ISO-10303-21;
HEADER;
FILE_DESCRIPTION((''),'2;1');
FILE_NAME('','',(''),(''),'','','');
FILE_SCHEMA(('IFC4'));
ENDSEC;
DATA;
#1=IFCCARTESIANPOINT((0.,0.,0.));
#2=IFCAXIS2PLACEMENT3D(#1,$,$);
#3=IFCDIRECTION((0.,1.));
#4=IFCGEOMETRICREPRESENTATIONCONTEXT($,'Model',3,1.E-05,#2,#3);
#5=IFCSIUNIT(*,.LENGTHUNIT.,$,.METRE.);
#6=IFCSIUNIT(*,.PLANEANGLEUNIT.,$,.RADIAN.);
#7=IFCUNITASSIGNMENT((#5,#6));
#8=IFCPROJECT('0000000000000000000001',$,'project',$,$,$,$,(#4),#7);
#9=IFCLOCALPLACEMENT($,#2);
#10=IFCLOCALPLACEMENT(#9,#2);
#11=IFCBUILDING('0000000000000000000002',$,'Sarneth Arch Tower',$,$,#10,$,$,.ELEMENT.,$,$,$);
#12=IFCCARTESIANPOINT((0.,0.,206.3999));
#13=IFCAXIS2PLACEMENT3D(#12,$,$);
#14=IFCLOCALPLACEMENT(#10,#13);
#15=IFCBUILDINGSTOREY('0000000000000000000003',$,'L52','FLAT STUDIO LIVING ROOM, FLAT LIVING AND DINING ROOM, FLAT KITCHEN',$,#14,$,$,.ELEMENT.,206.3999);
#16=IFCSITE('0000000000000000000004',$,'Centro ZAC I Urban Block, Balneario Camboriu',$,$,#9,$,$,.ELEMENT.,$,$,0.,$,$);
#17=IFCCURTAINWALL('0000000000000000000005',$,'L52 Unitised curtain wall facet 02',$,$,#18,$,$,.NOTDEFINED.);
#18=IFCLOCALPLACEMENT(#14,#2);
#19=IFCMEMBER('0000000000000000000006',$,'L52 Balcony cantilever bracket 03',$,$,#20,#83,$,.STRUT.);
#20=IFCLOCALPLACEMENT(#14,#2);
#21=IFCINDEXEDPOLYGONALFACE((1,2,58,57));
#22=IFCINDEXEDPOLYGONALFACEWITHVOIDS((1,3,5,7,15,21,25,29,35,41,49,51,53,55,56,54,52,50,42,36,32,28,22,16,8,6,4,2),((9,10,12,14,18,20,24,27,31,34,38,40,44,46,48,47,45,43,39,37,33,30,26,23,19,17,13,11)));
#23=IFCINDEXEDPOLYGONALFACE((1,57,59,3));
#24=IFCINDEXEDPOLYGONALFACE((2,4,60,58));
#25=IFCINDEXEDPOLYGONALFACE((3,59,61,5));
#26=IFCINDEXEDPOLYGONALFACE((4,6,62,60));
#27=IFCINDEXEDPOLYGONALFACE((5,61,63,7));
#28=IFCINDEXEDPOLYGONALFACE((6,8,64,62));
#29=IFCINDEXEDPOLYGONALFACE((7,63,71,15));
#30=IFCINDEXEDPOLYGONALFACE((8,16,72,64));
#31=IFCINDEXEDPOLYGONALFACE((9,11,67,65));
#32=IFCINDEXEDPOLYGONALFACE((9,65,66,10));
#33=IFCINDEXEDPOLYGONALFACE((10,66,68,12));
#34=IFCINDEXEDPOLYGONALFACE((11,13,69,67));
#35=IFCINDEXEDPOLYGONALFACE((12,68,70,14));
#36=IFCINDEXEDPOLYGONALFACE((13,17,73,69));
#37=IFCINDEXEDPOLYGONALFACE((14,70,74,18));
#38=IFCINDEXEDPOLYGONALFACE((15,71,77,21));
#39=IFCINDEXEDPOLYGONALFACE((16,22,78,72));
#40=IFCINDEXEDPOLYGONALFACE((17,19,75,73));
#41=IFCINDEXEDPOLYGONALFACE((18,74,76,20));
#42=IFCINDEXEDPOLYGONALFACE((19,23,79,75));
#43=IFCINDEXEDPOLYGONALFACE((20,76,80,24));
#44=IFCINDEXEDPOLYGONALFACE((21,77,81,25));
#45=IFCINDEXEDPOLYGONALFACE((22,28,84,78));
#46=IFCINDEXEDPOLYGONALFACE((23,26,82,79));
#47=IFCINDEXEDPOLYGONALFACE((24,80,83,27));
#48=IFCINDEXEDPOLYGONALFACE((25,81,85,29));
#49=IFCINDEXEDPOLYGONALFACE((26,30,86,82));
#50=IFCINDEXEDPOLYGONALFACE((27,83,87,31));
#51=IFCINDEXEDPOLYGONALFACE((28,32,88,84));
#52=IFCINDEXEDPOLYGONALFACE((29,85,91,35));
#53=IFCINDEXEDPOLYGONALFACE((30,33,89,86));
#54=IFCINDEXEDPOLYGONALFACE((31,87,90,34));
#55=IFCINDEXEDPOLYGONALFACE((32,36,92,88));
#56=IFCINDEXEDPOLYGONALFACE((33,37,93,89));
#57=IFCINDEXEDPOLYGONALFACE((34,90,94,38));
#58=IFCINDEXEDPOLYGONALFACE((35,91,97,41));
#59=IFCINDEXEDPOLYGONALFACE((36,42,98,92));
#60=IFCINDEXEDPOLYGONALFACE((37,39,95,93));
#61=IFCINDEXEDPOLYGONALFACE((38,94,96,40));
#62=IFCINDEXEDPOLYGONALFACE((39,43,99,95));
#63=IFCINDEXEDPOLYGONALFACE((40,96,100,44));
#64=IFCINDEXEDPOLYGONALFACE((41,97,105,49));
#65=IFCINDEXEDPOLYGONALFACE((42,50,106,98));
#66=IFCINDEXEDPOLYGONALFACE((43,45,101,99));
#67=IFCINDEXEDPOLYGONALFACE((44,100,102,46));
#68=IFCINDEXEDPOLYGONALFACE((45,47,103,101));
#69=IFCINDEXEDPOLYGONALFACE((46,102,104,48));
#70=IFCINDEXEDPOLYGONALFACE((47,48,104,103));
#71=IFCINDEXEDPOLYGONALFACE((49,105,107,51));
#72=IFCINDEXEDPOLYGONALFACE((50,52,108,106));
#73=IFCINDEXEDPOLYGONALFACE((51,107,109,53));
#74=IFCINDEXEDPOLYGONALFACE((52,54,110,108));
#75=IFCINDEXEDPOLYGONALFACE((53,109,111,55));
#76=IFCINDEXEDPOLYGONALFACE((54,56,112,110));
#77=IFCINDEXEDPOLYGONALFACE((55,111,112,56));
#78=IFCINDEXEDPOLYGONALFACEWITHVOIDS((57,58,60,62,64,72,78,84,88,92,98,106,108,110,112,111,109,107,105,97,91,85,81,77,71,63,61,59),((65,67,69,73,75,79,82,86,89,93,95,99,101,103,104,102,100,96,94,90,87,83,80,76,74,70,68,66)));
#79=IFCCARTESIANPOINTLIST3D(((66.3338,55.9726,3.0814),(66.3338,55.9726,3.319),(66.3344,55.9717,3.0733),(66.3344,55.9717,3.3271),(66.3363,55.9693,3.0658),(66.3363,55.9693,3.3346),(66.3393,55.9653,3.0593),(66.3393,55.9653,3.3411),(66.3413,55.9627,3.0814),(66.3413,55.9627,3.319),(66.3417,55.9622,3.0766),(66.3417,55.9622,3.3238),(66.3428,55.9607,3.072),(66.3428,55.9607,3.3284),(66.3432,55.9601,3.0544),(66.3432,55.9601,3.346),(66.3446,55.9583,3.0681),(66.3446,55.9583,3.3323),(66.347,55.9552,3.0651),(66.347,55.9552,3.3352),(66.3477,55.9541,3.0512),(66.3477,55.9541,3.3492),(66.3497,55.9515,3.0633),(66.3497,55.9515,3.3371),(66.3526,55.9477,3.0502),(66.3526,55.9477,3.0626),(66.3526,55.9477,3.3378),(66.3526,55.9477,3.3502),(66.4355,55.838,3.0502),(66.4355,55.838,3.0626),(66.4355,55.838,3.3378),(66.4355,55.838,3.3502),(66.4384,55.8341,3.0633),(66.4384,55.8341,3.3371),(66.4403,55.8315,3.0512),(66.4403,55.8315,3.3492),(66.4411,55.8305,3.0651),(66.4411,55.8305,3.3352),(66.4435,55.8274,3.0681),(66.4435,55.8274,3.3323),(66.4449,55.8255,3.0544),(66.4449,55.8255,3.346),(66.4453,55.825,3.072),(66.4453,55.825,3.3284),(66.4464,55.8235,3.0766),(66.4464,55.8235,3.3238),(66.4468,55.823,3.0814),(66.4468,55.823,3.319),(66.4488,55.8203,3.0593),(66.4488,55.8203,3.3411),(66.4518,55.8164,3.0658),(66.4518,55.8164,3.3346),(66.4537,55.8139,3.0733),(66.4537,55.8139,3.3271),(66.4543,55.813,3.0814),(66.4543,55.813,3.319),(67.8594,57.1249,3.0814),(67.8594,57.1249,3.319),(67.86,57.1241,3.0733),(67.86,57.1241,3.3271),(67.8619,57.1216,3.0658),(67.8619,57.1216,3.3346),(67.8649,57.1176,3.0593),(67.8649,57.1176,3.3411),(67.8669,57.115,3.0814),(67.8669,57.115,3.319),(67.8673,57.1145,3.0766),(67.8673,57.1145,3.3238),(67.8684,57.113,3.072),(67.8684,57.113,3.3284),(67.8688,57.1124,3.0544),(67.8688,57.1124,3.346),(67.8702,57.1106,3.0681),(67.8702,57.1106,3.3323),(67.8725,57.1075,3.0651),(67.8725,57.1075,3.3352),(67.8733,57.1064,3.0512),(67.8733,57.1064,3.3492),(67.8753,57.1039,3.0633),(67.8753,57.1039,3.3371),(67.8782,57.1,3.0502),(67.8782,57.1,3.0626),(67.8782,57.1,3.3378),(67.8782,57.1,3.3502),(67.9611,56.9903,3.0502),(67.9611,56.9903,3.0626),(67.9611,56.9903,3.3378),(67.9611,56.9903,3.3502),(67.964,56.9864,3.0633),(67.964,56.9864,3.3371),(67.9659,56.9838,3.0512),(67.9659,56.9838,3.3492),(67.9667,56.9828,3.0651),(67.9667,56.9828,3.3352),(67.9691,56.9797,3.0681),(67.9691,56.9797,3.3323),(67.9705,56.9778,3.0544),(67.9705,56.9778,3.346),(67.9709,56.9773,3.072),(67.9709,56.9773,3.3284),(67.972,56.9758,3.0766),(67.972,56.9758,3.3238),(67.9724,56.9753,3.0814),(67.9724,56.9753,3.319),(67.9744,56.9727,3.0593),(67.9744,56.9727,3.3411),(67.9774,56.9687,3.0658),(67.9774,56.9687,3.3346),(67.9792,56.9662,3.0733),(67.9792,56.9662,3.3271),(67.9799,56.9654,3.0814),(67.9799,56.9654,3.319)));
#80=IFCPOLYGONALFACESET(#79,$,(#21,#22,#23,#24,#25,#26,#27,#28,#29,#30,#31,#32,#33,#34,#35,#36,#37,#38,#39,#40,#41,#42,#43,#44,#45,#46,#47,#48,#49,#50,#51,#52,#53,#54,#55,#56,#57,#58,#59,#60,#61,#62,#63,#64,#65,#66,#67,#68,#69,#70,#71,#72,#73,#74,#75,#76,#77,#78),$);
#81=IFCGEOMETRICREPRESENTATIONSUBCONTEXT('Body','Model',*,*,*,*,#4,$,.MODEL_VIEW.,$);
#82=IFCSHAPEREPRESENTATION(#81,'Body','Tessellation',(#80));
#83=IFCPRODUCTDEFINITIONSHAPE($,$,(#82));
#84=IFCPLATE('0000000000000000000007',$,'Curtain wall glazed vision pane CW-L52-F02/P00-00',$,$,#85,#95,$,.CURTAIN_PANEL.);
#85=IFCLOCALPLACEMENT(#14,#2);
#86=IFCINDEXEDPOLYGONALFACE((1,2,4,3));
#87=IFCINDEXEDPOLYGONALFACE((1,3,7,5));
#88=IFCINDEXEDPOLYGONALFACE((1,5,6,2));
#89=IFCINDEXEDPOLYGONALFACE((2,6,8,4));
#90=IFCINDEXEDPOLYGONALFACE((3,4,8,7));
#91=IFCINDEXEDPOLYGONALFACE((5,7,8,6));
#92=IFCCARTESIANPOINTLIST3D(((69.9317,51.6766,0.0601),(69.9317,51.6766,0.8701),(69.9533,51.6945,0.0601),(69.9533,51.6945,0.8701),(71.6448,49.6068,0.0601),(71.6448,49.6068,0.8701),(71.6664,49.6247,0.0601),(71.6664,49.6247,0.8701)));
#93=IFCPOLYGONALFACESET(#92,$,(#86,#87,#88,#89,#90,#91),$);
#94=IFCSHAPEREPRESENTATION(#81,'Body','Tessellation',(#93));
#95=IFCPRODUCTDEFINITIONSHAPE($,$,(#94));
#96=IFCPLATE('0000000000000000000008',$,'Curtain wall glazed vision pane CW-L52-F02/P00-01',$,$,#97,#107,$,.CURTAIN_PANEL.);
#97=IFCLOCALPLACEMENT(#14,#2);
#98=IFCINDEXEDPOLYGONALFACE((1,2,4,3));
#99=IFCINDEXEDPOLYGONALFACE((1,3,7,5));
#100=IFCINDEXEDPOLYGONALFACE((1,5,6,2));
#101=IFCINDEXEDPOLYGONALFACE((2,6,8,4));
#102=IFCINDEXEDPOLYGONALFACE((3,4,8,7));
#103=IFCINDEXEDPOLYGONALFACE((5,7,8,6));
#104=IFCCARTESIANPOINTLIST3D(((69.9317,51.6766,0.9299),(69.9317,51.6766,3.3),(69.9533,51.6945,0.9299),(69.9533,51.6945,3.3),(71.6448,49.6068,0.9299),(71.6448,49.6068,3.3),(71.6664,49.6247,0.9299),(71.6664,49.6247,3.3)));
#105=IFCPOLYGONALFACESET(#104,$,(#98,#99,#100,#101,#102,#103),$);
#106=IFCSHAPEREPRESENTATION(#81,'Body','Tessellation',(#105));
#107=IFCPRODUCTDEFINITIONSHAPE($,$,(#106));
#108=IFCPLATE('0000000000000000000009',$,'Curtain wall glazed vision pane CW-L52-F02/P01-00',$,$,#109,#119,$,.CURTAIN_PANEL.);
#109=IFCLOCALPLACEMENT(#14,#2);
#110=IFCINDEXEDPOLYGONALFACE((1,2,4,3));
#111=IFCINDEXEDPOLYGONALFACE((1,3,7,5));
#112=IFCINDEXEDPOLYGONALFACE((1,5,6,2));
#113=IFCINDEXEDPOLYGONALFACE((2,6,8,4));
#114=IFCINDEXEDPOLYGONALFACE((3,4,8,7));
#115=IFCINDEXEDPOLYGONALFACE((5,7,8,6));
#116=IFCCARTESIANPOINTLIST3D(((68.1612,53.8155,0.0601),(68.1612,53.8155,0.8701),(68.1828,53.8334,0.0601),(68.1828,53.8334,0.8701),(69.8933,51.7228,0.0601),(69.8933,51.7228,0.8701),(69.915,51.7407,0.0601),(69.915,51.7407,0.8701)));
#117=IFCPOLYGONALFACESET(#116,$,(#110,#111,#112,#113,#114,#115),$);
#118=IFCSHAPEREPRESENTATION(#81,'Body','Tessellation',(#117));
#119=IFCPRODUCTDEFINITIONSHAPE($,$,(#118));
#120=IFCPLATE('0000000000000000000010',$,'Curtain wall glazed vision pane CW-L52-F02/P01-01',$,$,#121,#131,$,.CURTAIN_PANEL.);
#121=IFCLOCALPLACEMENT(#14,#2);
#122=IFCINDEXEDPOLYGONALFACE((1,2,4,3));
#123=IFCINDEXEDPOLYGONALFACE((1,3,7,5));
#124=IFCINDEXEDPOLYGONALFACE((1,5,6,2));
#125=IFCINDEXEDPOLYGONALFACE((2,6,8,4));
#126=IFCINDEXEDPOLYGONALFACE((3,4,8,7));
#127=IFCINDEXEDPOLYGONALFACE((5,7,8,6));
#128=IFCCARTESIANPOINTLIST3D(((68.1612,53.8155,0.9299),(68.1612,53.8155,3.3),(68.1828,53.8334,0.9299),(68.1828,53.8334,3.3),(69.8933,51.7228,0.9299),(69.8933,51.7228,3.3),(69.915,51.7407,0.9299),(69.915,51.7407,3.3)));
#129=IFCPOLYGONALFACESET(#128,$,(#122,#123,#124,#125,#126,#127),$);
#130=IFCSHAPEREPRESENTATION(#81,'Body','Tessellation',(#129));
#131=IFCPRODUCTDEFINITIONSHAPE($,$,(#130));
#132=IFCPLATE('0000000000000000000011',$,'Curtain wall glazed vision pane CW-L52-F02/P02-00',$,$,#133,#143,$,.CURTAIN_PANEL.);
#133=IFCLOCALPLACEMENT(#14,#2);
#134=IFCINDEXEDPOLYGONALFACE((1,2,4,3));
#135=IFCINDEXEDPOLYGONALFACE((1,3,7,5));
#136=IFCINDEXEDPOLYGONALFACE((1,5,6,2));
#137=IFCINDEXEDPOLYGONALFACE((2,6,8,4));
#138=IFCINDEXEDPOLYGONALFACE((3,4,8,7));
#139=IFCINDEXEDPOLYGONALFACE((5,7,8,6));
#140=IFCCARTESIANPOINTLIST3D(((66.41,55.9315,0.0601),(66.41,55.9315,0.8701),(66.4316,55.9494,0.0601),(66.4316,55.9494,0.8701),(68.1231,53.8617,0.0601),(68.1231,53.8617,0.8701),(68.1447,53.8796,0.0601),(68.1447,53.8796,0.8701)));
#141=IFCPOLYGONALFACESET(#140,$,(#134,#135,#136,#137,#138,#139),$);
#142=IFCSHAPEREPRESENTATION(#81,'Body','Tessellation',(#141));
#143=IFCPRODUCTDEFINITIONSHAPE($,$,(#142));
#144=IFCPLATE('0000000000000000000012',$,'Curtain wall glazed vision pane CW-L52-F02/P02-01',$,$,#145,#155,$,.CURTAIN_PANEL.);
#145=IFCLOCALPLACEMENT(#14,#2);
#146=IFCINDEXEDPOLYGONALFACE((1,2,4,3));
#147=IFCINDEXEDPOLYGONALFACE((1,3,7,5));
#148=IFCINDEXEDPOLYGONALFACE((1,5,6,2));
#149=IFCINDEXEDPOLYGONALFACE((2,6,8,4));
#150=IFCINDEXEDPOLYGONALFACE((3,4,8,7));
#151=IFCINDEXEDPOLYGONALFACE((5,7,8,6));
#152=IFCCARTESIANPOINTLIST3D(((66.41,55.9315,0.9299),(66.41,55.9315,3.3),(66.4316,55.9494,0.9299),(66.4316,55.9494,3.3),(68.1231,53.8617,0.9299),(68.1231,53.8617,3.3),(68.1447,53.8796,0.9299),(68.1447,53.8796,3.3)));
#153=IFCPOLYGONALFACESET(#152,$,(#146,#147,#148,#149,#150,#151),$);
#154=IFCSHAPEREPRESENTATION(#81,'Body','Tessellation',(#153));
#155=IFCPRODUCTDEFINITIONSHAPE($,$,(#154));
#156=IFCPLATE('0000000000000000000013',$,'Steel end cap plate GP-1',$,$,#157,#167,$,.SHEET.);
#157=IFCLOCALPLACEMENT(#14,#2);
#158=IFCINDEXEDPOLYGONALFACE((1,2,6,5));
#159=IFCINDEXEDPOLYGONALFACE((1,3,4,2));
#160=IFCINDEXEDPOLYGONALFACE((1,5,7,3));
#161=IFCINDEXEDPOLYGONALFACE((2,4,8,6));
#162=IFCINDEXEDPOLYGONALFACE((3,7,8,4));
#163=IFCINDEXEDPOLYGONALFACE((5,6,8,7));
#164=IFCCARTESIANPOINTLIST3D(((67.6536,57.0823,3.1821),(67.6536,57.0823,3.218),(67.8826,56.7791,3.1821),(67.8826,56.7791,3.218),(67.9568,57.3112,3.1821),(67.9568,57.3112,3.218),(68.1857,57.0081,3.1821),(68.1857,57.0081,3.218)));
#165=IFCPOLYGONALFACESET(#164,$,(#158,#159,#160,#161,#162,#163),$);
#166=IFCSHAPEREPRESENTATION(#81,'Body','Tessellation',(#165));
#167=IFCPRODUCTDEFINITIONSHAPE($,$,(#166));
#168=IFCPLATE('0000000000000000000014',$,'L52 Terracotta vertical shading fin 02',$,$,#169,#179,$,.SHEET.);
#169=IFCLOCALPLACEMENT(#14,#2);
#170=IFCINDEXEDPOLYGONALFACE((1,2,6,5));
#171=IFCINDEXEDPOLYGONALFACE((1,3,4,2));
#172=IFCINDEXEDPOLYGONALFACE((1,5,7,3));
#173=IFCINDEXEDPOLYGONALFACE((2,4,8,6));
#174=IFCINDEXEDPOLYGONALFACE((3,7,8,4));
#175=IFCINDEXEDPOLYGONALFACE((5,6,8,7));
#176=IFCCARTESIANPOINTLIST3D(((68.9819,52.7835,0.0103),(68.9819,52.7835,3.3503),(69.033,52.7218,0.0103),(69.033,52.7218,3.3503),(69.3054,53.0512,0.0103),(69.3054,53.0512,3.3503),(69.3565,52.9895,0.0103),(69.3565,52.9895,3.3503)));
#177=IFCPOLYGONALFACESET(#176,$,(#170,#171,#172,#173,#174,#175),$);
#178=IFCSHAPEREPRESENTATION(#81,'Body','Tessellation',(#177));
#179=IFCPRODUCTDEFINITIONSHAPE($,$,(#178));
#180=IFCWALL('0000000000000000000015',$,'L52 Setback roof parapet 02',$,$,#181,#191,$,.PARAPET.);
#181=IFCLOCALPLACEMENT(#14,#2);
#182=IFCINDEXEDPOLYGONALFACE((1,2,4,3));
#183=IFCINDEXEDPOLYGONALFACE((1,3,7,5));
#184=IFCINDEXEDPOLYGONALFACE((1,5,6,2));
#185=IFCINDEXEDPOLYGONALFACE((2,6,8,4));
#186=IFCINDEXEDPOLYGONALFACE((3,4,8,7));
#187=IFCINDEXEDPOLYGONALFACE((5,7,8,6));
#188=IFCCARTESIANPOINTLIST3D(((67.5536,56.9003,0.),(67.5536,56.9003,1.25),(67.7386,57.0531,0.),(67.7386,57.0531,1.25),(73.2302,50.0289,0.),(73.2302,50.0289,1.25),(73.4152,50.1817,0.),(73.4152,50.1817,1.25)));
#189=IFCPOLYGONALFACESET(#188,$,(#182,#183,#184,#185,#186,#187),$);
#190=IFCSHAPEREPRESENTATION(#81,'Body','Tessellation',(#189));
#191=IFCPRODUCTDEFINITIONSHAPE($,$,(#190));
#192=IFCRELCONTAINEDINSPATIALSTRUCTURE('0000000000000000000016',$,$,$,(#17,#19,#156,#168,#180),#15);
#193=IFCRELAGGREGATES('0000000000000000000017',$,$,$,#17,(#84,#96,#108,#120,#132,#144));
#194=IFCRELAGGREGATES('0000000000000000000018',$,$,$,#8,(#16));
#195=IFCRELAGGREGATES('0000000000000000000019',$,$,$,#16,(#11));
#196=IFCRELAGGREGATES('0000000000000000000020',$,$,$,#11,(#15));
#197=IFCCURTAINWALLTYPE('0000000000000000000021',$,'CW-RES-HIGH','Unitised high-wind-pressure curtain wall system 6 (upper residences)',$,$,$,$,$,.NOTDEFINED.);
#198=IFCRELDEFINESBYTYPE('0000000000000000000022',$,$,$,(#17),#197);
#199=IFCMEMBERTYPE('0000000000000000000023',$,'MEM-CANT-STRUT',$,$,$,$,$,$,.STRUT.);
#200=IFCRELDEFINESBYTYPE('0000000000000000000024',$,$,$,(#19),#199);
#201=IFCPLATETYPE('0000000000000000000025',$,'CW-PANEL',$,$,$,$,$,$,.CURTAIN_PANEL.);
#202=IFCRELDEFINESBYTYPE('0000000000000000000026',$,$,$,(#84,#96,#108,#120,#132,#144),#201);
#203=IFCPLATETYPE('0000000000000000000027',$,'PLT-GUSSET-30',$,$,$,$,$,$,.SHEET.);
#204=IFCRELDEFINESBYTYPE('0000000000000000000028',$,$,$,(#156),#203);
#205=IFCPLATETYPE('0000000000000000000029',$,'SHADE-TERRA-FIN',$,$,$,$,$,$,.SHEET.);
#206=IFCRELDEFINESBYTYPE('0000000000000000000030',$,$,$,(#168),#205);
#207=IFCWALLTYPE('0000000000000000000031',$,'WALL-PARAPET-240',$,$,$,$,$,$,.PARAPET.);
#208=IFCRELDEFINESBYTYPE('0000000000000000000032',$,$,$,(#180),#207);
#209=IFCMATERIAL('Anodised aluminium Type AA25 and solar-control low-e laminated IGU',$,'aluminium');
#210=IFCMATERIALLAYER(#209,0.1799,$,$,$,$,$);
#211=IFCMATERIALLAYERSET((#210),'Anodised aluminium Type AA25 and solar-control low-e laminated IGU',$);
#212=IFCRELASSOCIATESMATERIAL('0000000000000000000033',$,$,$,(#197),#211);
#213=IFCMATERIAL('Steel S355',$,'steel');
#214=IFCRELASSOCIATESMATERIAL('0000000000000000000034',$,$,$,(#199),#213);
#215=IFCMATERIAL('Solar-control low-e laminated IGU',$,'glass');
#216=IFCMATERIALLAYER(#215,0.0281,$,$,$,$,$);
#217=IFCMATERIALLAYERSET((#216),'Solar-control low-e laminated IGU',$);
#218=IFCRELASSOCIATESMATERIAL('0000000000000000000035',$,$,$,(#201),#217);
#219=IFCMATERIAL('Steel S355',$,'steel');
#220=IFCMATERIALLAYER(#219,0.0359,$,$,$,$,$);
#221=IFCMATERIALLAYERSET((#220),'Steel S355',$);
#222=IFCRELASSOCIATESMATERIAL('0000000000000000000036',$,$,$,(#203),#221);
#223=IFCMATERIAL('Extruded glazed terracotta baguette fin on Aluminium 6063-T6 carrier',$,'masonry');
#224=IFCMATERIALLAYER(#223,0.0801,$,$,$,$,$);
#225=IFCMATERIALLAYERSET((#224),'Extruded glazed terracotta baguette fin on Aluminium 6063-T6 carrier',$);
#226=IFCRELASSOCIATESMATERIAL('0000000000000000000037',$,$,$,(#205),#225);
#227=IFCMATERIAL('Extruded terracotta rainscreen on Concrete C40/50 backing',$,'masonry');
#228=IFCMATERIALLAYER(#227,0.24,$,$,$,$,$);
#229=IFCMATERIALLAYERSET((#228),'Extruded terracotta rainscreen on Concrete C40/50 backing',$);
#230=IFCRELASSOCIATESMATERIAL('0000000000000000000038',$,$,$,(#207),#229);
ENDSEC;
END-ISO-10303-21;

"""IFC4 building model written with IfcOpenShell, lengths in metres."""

from ifc_helpers import new_model, si_unit, direction, frame, frame_2d, origin, origin_2d, place, context, subcontext, project, spatial, rectangle, hollow_rectangle, extrude, material, layer, layer_set, material_profile, profile_set, type_object, element, aggregate, save


model = new_model("IFC4")

# Units and contexts
model_context = context("Model", 3, precision=1e-05, world=origin(), true_north=direction((0.0, 1.0)))
body_context = subcontext(model_context, "Body", "Model", "MODEL_VIEW")
ifc_project = project(units=[si_unit("LENGTHUNIT", "METRE"), si_unit("PLANEANGLEUNIT", "RADIAN")], contexts=[model_context])

# Site, building, storey
site_placement = place(None, origin())
site = spatial("IfcSite", under=ifc_project, at=site_placement, Name="Centro ZAC I Urban Block, Balneario Camboriu", CompositionType="ELEMENT", RefElevation=0.0)
building_placement = place(site_placement, origin())
building = spatial("IfcBuilding", under=site, at=building_placement, Name="Sarneth Arch Tower", CompositionType="ELEMENT")
storey_placement = place(building_placement, frame((0.0, 0.0, 206.3999)))
storey = spatial("IfcBuildingStorey", under=building, at=storey_placement, Name="L52", Description="FLAT STUDIO LIVING ROOM, FLAT LIVING AND DINING ROOM, FLAT KITCHEN", CompositionType="ELEMENT", Elevation=206.3999)

# Curtain wall
ifc_material_1 = material(Name="Anodised aluminium Type AA25 and solar-control low-e laminated IGU", Category="aluminium")
ifc_layer_1 = layer(ifc_material_1, 0.1799)
ifc_layer_set_1 = layer_set([ifc_layer_1], Name="Anodised aluminium Type AA25 and solar-control low-e laminated IGU")
curtain_wall_type = type_object("IfcCurtainWallType", Name="CW-RES-HIGH", Description="Unitised high-wind-pressure curtain wall system 6 (upper residences)", PredefinedType="NOTDEFINED", material=ifc_layer_set_1)
curtain_wall_placement = place(storey_placement, origin())
curtain_wall = element("IfcCurtainWall", 1, at=curtain_wall_placement, inside=storey, type_object=curtain_wall_type, Name="L52 Unitised curtain wall facet 02", PredefinedType="NOTDEFINED")

# Member
ifc_material_2 = material(Name="Steel S355", Category="steel")
ifc_material_profile_1 = material_profile(ifc_material_2, hollow_rectangle(XDim=0.2, YDim=0.3, WallThickness=0.0125, InnerFilletRadius=0.0188, OuterFilletRadius=0.0312, at=origin_2d()), Name="RHS300x200x12.5")
ifc_profile_set_1 = profile_set([ifc_material_profile_1], Name="Steel S355")
member_type_1 = type_object("IfcMemberType", Name="MEM-CANT-STRUT", PredefinedType="STRUT", material=ifc_profile_set_1)
member_1_placement = place(storey_placement, frame((66.394, 55.8928, 3.2002), z_axis=(0.797957, 0.602714, 0.0), x_axis=(-0.602714, 0.797957, 0.0)))
element("IfcMember", 2, at=member_1_placement, inside=storey, type_object=member_type_1, Name="L52 Balcony cantilever bracket 03", PredefinedType="STRUT", context=body_context, shape_type="SweptSolid", body=[
    extrude(hollow_rectangle(XDim=0.2, YDim=0.3, WallThickness=0.0125, InnerFilletRadius=0.0188, OuterFilletRadius=0.0312, at=origin_2d()), origin(), (0.0, 0.0, 1.0), 1.9119),
])

# Plates
ifc_material_3 = material(Name="Solar-control low-e laminated IGU", Category="glass")
ifc_layer_2 = layer(ifc_material_3, 0.0281)
ifc_layer_set_2 = layer_set([ifc_layer_2], Name="Solar-control low-e laminated IGU")
plate_type_1 = type_object("IfcPlateType", Name="CW-PANEL", PredefinedType="CURTAIN_PANEL", material=ifc_layer_set_2)
plate_1_placement = place(storey_placement, frame((70.7991, 50.6506, 0.0601), z_axis=(0.0, 0.0, 1.0), x_axis=(-0.63761, 0.770359, 0.0)))
plate_1 = element("IfcPlate", 3, at=plate_1_placement, type_object=plate_type_1, Name="Curtain wall glazed vision pane CW-L52-F02/P00-00", PredefinedType="CURTAIN_PANEL", context=body_context, shape_type="SweptSolid", body=[
    extrude(rectangle(XDim=2.6868, YDim=0.0281, at=origin_2d()), origin(), (0.0, 0.0, 1.0), 0.8101),
])
plate_2_placement = place(storey_placement, frame((70.7991, 50.6506, 0.9299), z_axis=(0.0, 0.0, 1.0), x_axis=(-0.63761, 0.770359, 0.0)))
plate_2 = element("IfcPlate", 4, at=plate_2_placement, type_object=plate_type_1, Name="Curtain wall glazed vision pane CW-L52-F02/P00-01", PredefinedType="CURTAIN_PANEL", context=body_context, shape_type="SweptSolid", body=[
    extrude(rectangle(XDim=2.6868, YDim=0.0281, at=origin_2d()), origin(), (0.0, 0.0, 1.0), 2.3701),
])
plate_3_placement = place(storey_placement, frame((69.0381, 52.7781, 0.0601), z_axis=(0.0, 0.0, 1.0), x_axis=(-0.63761, 0.770359, 0.0)))
plate_3 = element("IfcPlate", 5, at=plate_3_placement, type_object=plate_type_1, Name="Curtain wall glazed vision pane CW-L52-F02/P01-00", PredefinedType="CURTAIN_PANEL", context=body_context, shape_type="SweptSolid", body=[
    extrude(rectangle(XDim=2.7166, YDim=0.0281, at=origin_2d()), origin(), (0.0, 0.0, 1.0), 0.8101),
])
plate_4_placement = place(storey_placement, frame((69.0381, 52.7781, 0.9299), z_axis=(0.0, 0.0, 1.0), x_axis=(-0.63761, 0.770359, 0.0)))
plate_4 = element("IfcPlate", 6, at=plate_4_placement, type_object=plate_type_1, Name="Curtain wall glazed vision pane CW-L52-F02/P01-01", PredefinedType="CURTAIN_PANEL", context=body_context, shape_type="SweptSolid", body=[
    extrude(rectangle(XDim=2.7166, YDim=0.0281, at=origin_2d()), origin(), (0.0, 0.0, 1.0), 2.3701),
])
plate_5_placement = place(storey_placement, frame((67.2773, 54.9055, 0.0601), z_axis=(0.0, 0.0, 1.0), x_axis=(-0.63761, 0.770359, 0.0)))
plate_5 = element("IfcPlate", 7, at=plate_5_placement, type_object=plate_type_1, Name="Curtain wall glazed vision pane CW-L52-F02/P02-00", PredefinedType="CURTAIN_PANEL", context=body_context, shape_type="SweptSolid", body=[
    extrude(rectangle(XDim=2.6868, YDim=0.0281, at=origin_2d()), origin(), (0.0, 0.0, 1.0), 0.8101),
])
plate_6_placement = place(storey_placement, frame((67.2773, 54.9055, 0.9299), z_axis=(0.0, 0.0, 1.0), x_axis=(-0.63761, 0.770359, 0.0)))
plate_6 = element("IfcPlate", 8, at=plate_6_placement, type_object=plate_type_1, Name="Curtain wall glazed vision pane CW-L52-F02/P02-01", PredefinedType="CURTAIN_PANEL", context=body_context, shape_type="SweptSolid", body=[
    extrude(rectangle(XDim=2.6868, YDim=0.0281, at=origin_2d()), origin(), (0.0, 0.0, 1.0), 2.3701),
])
aggregate(curtain_wall, [plate_1, plate_2, plate_3, plate_4, plate_5, plate_6])

# Plates
ifc_material_4 = material(Name="Steel S355", Category="steel")
ifc_layer_3 = layer(ifc_material_4, 0.0359)
ifc_layer_set_3 = layer_set([ifc_layer_3], Name="Steel S355")
plate_type_2 = type_object("IfcPlateType", Name="PLT-GUSSET-30", PredefinedType="SHEET", material=ifc_layer_set_3)
plate_7_placement = place(storey_placement, frame((67.9197, 57.0452, 3.1821), z_axis=(0.0, 0.0, 1.0), x_axis=(0.798005, 0.602651, 0.0)))
element("IfcPlate", 9, at=plate_7_placement, inside=storey, type_object=plate_type_2, Name="Steel end cap plate GP-1", PredefinedType="SHEET", context=body_context, shape_type="SweptSolid", body=[
    extrude(rectangle(XDim=0.3799, YDim=0.3799, at=origin_2d()), origin(), (0.0, 0.0, 1.0), 0.0359),
])
ifc_material_5 = material(Name="Extruded glazed terracotta baguette fin on Aluminium 6063-T6 carrier", Category="masonry")
ifc_layer_4 = layer(ifc_material_5, 0.0801)
ifc_layer_set_4 = layer_set([ifc_layer_4], Name="Extruded glazed terracotta baguette fin on Aluminium 6063-T6 carrier")
plate_type_3 = type_object("IfcPlateType", Name="SHADE-TERRA-FIN", PredefinedType="SHEET", material=ifc_layer_set_4)
plate_8_placement = place(storey_placement, frame((69.1692, 52.8865, 0.0103), z_axis=(0.0, 0.0, 1.0), x_axis=(0.770402, 0.637558, 0.0)))
element("IfcPlate", 10, at=plate_8_placement, inside=storey, type_object=plate_type_3, Name="L52 Terracotta vertical shading fin 02", PredefinedType="SHEET", context=body_context, shape_type="SweptSolid", body=[
    extrude(rectangle(XDim=0.4199, YDim=0.0801, at=origin_2d()), origin(), (0.0, 0.0, 1.0), 3.3401),
])

# Wall
ifc_material_6 = material(Name="Extruded terracotta rainscreen on Concrete C40/50 backing", Category="masonry")
ifc_layer_5 = layer(ifc_material_6, 0.24)
ifc_layer_set_5 = layer_set([ifc_layer_5], Name="Extruded terracotta rainscreen on Concrete C40/50 backing")
wall_type_1 = type_object("IfcWallType", Name="WALL-PARAPET-240", PredefinedType="PARAPET", material=ifc_layer_set_5)
wall_1_placement = place(storey_placement, frame((73.3228, 50.1052, 0.0), z_axis=(0.0, 0.0, 1.0), x_axis=(-0.636894, 0.770951, 0.0)))
element("IfcWall", 11, at=wall_1_placement, inside=storey, type_object=wall_type_1, Name="L52 Setback roof parapet 02", PredefinedType="PARAPET", context=body_context, shape_type="SweptSolid", body=[
    extrude(rectangle(XDim=8.9128, YDim=0.24, at=frame_2d((4.4565, 0.0))), origin(), (0.0, 0.0, 1.0), 1.25),
])

save(model, "model.ifc")
